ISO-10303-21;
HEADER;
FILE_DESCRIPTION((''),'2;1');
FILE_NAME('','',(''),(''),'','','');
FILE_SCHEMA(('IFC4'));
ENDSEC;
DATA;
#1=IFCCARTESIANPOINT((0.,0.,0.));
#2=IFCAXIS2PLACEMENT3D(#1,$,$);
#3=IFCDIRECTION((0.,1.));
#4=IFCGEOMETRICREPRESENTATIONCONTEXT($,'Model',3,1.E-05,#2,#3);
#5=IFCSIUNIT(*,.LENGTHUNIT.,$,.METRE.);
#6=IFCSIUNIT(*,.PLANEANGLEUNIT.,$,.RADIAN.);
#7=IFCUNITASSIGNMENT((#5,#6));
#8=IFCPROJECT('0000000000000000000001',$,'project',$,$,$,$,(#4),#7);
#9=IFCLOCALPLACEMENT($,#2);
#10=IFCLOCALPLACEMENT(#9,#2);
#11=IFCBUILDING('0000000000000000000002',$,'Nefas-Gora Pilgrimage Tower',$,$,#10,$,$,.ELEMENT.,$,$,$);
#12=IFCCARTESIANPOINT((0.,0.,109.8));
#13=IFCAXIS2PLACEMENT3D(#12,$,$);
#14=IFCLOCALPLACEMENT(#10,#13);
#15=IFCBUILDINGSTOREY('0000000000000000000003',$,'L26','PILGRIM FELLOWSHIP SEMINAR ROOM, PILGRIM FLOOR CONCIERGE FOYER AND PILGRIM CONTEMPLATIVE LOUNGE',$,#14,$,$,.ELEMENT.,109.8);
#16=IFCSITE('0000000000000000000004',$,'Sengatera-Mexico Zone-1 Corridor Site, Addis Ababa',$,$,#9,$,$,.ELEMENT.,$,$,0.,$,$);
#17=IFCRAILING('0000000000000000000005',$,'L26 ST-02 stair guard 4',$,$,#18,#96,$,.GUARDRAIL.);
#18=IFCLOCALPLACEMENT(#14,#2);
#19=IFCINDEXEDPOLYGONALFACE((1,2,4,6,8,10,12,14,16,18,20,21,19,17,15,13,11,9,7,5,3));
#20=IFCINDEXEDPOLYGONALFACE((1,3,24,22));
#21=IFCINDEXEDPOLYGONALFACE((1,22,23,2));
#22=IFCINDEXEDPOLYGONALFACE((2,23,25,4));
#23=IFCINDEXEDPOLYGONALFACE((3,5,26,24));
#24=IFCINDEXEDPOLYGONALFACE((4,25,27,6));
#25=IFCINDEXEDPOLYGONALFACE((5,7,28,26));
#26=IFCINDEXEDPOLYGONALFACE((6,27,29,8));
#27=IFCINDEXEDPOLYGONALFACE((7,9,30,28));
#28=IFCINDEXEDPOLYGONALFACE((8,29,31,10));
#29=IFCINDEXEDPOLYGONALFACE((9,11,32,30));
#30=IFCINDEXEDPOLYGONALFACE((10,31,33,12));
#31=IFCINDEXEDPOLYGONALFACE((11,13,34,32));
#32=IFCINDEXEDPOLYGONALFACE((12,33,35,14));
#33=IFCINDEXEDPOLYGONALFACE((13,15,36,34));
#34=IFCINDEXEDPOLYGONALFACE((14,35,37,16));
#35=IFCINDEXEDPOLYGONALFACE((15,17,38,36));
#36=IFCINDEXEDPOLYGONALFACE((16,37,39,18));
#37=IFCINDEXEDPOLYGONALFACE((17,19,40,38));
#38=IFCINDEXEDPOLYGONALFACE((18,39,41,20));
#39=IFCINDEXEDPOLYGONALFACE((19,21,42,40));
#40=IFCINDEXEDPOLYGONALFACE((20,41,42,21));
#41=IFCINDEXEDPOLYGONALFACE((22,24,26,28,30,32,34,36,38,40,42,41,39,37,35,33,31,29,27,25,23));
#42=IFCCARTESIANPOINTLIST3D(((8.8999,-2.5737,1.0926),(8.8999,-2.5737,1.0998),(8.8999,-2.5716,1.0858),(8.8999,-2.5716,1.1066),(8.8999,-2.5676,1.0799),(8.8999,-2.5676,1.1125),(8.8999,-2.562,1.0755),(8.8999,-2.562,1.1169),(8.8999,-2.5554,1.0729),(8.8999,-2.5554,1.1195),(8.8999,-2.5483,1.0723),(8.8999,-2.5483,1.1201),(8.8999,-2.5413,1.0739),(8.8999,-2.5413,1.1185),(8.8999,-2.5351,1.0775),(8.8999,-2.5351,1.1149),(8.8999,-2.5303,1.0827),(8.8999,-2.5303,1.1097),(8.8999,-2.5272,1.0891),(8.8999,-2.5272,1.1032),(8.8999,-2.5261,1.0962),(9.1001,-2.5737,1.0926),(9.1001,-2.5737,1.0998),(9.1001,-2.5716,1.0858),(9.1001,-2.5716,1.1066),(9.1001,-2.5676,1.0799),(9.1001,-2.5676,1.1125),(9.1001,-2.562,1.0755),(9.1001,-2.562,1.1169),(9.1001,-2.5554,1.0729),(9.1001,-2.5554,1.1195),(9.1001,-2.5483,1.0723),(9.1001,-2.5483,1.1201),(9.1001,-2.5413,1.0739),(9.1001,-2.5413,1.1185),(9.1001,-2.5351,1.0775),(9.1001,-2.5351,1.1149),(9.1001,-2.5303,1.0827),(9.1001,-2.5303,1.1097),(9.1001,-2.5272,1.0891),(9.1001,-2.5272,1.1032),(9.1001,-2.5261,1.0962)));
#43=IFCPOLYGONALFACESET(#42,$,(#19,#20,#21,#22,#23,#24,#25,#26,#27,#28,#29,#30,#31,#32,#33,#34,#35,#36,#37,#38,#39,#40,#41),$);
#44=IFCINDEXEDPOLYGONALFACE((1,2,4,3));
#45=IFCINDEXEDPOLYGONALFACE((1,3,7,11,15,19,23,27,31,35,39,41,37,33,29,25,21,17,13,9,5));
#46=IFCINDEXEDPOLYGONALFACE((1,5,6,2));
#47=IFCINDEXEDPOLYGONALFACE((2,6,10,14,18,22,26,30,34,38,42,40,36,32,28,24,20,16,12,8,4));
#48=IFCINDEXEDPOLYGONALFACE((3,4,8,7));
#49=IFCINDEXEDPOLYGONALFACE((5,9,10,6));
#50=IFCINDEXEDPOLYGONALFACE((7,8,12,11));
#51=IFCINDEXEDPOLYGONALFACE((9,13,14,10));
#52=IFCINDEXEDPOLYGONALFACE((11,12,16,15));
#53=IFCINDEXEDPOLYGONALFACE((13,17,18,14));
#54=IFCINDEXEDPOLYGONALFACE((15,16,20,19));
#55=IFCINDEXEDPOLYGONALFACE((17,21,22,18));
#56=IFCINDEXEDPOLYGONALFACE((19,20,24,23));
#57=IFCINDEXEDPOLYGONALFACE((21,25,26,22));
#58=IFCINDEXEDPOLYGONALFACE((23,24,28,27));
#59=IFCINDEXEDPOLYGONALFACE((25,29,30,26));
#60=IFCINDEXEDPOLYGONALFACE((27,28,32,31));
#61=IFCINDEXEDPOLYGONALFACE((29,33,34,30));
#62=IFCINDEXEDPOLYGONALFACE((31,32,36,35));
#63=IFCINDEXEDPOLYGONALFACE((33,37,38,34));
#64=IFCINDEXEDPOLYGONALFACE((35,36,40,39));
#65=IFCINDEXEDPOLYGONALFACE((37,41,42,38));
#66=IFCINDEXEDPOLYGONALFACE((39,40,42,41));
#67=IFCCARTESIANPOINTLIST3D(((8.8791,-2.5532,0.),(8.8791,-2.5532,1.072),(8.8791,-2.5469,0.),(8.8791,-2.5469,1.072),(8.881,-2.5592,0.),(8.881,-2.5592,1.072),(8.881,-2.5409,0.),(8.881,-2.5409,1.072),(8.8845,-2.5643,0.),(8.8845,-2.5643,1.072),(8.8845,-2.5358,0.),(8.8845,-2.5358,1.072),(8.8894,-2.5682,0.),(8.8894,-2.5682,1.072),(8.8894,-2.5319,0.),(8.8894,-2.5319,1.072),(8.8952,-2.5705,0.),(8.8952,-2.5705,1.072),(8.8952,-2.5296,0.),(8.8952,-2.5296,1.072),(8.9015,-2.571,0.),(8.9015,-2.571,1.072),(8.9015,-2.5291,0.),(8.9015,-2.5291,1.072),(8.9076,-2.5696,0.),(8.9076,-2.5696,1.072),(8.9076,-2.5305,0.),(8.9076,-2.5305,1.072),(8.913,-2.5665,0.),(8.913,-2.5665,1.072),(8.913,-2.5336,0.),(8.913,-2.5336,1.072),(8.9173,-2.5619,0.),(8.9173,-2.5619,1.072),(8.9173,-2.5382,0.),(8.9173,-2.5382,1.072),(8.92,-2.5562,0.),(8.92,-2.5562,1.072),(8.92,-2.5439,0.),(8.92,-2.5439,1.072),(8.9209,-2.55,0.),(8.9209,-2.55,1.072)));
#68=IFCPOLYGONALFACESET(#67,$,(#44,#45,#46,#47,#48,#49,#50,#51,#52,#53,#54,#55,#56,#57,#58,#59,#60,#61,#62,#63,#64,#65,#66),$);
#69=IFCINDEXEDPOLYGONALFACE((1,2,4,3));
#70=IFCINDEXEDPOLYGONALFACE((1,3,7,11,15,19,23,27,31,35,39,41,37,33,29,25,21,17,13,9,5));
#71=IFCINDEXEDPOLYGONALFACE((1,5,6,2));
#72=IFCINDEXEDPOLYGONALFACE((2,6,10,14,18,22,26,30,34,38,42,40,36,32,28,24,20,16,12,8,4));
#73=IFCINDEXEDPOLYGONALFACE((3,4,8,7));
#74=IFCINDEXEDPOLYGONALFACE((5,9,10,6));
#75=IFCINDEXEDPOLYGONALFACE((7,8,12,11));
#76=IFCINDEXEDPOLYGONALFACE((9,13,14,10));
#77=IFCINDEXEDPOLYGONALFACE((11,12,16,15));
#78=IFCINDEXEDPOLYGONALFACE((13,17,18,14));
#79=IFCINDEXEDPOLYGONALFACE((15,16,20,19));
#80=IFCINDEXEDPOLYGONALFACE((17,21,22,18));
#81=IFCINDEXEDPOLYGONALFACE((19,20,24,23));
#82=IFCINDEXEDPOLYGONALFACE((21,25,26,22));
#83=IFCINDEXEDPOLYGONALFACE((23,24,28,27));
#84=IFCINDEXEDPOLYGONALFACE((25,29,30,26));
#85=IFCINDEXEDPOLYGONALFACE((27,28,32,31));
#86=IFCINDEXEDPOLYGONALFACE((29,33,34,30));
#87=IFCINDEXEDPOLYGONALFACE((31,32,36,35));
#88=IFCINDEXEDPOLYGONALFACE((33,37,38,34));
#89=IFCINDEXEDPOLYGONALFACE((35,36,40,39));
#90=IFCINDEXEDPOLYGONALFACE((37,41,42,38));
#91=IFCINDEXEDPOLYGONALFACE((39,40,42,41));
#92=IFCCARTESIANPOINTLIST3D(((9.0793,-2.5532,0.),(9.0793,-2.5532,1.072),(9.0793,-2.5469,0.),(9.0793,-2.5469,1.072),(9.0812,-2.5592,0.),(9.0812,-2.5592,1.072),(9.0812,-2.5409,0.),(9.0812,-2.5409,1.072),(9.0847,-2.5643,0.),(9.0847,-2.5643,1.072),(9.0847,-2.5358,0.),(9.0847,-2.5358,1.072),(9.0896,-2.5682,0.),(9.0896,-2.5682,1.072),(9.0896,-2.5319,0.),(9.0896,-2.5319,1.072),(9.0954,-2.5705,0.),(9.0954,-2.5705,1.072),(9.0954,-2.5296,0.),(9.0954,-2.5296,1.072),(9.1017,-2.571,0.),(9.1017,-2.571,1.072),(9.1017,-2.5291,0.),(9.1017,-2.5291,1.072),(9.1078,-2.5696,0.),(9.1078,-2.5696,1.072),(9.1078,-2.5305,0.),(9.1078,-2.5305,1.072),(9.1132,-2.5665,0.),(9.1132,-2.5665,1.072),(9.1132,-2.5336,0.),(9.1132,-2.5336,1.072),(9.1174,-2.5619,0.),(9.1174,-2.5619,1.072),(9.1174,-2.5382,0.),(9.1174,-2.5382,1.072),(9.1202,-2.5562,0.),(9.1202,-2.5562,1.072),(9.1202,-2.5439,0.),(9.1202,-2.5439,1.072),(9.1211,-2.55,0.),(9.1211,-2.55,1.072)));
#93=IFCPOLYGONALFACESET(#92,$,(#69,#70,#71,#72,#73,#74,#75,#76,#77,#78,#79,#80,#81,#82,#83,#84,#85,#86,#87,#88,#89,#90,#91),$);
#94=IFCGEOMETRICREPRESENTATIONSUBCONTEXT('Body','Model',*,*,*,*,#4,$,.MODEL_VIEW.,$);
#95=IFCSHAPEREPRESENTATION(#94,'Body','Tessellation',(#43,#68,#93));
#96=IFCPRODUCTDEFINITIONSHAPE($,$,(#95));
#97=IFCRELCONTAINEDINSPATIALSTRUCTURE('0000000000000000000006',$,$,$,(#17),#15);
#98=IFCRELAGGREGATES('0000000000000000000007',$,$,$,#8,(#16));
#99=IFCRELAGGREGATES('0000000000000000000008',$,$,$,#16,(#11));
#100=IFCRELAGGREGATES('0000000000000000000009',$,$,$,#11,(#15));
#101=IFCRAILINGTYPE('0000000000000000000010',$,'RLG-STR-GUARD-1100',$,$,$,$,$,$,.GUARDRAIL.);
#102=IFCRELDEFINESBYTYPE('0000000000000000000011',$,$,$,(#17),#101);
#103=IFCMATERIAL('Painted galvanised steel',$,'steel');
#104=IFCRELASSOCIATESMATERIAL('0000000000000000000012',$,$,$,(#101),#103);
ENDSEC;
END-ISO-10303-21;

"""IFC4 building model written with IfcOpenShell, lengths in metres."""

from ifc_helpers import new_model, si_unit, direction, frame, origin, origin_2d, place, context, subcontext, project, spatial, circle, extrude, material, type_object, element, save


model = new_model("IFC4")

# Units and contexts
model_context = context("Model", 3, precision=1e-05, world=origin(), true_north=direction((0.0, 1.0)))
body_context = subcontext(model_context, "Body", "Model", "MODEL_VIEW")
ifc_project = project(units=[si_unit("LENGTHUNIT", "METRE"), si_unit("PLANEANGLEUNIT", "RADIAN")], contexts=[model_context])

# Site, building, storey
site_placement = place(None, origin())
site = spatial("IfcSite", under=ifc_project, at=site_placement, Name="Sengatera-Mexico Zone-1 Corridor Site, Addis Ababa", CompositionType="ELEMENT", RefElevation=0.0)
building_placement = place(site_placement, origin())
building = spatial("IfcBuilding", under=site, at=building_placement, Name="Nefas-Gora Pilgrimage Tower", CompositionType="ELEMENT")
storey_placement = place(building_placement, frame((0.0, 0.0, 109.8)))
storey = spatial("IfcBuildingStorey", under=building, at=storey_placement, Name="L26", Description="PILGRIM FELLOWSHIP SEMINAR ROOM, PILGRIM FLOOR CONCIERGE FOYER AND PILGRIM CONTEMPLATIVE LOUNGE", CompositionType="ELEMENT", Elevation=109.8)

# Railing
ifc_material_1 = material(Name="Painted galvanised steel", Category="steel")
railing_type_1 = type_object("IfcRailingType", Name="RLG-STR-GUARD-1100", PredefinedType="GUARDRAIL", material=ifc_material_1)
railing_1_placement = place(storey_placement, frame((8.8999, -2.55, 0.0)))
element("IfcRailing", 1, at=railing_1_placement, inside=storey, type_object=railing_type_1, Name="L26 ST-02 stair guard 4", PredefinedType="GUARDRAIL", context=body_context, shape_type="SweptSolid", body=[
    extrude(circle(Radius=0.0239, at=origin_2d()), frame((0.0, 0.0, 1.0962), z_axis=(1.0, 0.0, 0.0), x_axis=(0.0, 1.0, 0.0)), (0.0, 0.0, 1.0), 0.2002),
    extrude(circle(Radius=0.021, at=origin_2d()), origin(), (0.0, 0.0, 1.0), 1.072),
    extrude(circle(Radius=0.021, at=origin_2d()), frame((0.2002, 0.0, 0.0)), (0.0, 0.0, 1.0), 1.072),
])

save(model, "model.ifc")
